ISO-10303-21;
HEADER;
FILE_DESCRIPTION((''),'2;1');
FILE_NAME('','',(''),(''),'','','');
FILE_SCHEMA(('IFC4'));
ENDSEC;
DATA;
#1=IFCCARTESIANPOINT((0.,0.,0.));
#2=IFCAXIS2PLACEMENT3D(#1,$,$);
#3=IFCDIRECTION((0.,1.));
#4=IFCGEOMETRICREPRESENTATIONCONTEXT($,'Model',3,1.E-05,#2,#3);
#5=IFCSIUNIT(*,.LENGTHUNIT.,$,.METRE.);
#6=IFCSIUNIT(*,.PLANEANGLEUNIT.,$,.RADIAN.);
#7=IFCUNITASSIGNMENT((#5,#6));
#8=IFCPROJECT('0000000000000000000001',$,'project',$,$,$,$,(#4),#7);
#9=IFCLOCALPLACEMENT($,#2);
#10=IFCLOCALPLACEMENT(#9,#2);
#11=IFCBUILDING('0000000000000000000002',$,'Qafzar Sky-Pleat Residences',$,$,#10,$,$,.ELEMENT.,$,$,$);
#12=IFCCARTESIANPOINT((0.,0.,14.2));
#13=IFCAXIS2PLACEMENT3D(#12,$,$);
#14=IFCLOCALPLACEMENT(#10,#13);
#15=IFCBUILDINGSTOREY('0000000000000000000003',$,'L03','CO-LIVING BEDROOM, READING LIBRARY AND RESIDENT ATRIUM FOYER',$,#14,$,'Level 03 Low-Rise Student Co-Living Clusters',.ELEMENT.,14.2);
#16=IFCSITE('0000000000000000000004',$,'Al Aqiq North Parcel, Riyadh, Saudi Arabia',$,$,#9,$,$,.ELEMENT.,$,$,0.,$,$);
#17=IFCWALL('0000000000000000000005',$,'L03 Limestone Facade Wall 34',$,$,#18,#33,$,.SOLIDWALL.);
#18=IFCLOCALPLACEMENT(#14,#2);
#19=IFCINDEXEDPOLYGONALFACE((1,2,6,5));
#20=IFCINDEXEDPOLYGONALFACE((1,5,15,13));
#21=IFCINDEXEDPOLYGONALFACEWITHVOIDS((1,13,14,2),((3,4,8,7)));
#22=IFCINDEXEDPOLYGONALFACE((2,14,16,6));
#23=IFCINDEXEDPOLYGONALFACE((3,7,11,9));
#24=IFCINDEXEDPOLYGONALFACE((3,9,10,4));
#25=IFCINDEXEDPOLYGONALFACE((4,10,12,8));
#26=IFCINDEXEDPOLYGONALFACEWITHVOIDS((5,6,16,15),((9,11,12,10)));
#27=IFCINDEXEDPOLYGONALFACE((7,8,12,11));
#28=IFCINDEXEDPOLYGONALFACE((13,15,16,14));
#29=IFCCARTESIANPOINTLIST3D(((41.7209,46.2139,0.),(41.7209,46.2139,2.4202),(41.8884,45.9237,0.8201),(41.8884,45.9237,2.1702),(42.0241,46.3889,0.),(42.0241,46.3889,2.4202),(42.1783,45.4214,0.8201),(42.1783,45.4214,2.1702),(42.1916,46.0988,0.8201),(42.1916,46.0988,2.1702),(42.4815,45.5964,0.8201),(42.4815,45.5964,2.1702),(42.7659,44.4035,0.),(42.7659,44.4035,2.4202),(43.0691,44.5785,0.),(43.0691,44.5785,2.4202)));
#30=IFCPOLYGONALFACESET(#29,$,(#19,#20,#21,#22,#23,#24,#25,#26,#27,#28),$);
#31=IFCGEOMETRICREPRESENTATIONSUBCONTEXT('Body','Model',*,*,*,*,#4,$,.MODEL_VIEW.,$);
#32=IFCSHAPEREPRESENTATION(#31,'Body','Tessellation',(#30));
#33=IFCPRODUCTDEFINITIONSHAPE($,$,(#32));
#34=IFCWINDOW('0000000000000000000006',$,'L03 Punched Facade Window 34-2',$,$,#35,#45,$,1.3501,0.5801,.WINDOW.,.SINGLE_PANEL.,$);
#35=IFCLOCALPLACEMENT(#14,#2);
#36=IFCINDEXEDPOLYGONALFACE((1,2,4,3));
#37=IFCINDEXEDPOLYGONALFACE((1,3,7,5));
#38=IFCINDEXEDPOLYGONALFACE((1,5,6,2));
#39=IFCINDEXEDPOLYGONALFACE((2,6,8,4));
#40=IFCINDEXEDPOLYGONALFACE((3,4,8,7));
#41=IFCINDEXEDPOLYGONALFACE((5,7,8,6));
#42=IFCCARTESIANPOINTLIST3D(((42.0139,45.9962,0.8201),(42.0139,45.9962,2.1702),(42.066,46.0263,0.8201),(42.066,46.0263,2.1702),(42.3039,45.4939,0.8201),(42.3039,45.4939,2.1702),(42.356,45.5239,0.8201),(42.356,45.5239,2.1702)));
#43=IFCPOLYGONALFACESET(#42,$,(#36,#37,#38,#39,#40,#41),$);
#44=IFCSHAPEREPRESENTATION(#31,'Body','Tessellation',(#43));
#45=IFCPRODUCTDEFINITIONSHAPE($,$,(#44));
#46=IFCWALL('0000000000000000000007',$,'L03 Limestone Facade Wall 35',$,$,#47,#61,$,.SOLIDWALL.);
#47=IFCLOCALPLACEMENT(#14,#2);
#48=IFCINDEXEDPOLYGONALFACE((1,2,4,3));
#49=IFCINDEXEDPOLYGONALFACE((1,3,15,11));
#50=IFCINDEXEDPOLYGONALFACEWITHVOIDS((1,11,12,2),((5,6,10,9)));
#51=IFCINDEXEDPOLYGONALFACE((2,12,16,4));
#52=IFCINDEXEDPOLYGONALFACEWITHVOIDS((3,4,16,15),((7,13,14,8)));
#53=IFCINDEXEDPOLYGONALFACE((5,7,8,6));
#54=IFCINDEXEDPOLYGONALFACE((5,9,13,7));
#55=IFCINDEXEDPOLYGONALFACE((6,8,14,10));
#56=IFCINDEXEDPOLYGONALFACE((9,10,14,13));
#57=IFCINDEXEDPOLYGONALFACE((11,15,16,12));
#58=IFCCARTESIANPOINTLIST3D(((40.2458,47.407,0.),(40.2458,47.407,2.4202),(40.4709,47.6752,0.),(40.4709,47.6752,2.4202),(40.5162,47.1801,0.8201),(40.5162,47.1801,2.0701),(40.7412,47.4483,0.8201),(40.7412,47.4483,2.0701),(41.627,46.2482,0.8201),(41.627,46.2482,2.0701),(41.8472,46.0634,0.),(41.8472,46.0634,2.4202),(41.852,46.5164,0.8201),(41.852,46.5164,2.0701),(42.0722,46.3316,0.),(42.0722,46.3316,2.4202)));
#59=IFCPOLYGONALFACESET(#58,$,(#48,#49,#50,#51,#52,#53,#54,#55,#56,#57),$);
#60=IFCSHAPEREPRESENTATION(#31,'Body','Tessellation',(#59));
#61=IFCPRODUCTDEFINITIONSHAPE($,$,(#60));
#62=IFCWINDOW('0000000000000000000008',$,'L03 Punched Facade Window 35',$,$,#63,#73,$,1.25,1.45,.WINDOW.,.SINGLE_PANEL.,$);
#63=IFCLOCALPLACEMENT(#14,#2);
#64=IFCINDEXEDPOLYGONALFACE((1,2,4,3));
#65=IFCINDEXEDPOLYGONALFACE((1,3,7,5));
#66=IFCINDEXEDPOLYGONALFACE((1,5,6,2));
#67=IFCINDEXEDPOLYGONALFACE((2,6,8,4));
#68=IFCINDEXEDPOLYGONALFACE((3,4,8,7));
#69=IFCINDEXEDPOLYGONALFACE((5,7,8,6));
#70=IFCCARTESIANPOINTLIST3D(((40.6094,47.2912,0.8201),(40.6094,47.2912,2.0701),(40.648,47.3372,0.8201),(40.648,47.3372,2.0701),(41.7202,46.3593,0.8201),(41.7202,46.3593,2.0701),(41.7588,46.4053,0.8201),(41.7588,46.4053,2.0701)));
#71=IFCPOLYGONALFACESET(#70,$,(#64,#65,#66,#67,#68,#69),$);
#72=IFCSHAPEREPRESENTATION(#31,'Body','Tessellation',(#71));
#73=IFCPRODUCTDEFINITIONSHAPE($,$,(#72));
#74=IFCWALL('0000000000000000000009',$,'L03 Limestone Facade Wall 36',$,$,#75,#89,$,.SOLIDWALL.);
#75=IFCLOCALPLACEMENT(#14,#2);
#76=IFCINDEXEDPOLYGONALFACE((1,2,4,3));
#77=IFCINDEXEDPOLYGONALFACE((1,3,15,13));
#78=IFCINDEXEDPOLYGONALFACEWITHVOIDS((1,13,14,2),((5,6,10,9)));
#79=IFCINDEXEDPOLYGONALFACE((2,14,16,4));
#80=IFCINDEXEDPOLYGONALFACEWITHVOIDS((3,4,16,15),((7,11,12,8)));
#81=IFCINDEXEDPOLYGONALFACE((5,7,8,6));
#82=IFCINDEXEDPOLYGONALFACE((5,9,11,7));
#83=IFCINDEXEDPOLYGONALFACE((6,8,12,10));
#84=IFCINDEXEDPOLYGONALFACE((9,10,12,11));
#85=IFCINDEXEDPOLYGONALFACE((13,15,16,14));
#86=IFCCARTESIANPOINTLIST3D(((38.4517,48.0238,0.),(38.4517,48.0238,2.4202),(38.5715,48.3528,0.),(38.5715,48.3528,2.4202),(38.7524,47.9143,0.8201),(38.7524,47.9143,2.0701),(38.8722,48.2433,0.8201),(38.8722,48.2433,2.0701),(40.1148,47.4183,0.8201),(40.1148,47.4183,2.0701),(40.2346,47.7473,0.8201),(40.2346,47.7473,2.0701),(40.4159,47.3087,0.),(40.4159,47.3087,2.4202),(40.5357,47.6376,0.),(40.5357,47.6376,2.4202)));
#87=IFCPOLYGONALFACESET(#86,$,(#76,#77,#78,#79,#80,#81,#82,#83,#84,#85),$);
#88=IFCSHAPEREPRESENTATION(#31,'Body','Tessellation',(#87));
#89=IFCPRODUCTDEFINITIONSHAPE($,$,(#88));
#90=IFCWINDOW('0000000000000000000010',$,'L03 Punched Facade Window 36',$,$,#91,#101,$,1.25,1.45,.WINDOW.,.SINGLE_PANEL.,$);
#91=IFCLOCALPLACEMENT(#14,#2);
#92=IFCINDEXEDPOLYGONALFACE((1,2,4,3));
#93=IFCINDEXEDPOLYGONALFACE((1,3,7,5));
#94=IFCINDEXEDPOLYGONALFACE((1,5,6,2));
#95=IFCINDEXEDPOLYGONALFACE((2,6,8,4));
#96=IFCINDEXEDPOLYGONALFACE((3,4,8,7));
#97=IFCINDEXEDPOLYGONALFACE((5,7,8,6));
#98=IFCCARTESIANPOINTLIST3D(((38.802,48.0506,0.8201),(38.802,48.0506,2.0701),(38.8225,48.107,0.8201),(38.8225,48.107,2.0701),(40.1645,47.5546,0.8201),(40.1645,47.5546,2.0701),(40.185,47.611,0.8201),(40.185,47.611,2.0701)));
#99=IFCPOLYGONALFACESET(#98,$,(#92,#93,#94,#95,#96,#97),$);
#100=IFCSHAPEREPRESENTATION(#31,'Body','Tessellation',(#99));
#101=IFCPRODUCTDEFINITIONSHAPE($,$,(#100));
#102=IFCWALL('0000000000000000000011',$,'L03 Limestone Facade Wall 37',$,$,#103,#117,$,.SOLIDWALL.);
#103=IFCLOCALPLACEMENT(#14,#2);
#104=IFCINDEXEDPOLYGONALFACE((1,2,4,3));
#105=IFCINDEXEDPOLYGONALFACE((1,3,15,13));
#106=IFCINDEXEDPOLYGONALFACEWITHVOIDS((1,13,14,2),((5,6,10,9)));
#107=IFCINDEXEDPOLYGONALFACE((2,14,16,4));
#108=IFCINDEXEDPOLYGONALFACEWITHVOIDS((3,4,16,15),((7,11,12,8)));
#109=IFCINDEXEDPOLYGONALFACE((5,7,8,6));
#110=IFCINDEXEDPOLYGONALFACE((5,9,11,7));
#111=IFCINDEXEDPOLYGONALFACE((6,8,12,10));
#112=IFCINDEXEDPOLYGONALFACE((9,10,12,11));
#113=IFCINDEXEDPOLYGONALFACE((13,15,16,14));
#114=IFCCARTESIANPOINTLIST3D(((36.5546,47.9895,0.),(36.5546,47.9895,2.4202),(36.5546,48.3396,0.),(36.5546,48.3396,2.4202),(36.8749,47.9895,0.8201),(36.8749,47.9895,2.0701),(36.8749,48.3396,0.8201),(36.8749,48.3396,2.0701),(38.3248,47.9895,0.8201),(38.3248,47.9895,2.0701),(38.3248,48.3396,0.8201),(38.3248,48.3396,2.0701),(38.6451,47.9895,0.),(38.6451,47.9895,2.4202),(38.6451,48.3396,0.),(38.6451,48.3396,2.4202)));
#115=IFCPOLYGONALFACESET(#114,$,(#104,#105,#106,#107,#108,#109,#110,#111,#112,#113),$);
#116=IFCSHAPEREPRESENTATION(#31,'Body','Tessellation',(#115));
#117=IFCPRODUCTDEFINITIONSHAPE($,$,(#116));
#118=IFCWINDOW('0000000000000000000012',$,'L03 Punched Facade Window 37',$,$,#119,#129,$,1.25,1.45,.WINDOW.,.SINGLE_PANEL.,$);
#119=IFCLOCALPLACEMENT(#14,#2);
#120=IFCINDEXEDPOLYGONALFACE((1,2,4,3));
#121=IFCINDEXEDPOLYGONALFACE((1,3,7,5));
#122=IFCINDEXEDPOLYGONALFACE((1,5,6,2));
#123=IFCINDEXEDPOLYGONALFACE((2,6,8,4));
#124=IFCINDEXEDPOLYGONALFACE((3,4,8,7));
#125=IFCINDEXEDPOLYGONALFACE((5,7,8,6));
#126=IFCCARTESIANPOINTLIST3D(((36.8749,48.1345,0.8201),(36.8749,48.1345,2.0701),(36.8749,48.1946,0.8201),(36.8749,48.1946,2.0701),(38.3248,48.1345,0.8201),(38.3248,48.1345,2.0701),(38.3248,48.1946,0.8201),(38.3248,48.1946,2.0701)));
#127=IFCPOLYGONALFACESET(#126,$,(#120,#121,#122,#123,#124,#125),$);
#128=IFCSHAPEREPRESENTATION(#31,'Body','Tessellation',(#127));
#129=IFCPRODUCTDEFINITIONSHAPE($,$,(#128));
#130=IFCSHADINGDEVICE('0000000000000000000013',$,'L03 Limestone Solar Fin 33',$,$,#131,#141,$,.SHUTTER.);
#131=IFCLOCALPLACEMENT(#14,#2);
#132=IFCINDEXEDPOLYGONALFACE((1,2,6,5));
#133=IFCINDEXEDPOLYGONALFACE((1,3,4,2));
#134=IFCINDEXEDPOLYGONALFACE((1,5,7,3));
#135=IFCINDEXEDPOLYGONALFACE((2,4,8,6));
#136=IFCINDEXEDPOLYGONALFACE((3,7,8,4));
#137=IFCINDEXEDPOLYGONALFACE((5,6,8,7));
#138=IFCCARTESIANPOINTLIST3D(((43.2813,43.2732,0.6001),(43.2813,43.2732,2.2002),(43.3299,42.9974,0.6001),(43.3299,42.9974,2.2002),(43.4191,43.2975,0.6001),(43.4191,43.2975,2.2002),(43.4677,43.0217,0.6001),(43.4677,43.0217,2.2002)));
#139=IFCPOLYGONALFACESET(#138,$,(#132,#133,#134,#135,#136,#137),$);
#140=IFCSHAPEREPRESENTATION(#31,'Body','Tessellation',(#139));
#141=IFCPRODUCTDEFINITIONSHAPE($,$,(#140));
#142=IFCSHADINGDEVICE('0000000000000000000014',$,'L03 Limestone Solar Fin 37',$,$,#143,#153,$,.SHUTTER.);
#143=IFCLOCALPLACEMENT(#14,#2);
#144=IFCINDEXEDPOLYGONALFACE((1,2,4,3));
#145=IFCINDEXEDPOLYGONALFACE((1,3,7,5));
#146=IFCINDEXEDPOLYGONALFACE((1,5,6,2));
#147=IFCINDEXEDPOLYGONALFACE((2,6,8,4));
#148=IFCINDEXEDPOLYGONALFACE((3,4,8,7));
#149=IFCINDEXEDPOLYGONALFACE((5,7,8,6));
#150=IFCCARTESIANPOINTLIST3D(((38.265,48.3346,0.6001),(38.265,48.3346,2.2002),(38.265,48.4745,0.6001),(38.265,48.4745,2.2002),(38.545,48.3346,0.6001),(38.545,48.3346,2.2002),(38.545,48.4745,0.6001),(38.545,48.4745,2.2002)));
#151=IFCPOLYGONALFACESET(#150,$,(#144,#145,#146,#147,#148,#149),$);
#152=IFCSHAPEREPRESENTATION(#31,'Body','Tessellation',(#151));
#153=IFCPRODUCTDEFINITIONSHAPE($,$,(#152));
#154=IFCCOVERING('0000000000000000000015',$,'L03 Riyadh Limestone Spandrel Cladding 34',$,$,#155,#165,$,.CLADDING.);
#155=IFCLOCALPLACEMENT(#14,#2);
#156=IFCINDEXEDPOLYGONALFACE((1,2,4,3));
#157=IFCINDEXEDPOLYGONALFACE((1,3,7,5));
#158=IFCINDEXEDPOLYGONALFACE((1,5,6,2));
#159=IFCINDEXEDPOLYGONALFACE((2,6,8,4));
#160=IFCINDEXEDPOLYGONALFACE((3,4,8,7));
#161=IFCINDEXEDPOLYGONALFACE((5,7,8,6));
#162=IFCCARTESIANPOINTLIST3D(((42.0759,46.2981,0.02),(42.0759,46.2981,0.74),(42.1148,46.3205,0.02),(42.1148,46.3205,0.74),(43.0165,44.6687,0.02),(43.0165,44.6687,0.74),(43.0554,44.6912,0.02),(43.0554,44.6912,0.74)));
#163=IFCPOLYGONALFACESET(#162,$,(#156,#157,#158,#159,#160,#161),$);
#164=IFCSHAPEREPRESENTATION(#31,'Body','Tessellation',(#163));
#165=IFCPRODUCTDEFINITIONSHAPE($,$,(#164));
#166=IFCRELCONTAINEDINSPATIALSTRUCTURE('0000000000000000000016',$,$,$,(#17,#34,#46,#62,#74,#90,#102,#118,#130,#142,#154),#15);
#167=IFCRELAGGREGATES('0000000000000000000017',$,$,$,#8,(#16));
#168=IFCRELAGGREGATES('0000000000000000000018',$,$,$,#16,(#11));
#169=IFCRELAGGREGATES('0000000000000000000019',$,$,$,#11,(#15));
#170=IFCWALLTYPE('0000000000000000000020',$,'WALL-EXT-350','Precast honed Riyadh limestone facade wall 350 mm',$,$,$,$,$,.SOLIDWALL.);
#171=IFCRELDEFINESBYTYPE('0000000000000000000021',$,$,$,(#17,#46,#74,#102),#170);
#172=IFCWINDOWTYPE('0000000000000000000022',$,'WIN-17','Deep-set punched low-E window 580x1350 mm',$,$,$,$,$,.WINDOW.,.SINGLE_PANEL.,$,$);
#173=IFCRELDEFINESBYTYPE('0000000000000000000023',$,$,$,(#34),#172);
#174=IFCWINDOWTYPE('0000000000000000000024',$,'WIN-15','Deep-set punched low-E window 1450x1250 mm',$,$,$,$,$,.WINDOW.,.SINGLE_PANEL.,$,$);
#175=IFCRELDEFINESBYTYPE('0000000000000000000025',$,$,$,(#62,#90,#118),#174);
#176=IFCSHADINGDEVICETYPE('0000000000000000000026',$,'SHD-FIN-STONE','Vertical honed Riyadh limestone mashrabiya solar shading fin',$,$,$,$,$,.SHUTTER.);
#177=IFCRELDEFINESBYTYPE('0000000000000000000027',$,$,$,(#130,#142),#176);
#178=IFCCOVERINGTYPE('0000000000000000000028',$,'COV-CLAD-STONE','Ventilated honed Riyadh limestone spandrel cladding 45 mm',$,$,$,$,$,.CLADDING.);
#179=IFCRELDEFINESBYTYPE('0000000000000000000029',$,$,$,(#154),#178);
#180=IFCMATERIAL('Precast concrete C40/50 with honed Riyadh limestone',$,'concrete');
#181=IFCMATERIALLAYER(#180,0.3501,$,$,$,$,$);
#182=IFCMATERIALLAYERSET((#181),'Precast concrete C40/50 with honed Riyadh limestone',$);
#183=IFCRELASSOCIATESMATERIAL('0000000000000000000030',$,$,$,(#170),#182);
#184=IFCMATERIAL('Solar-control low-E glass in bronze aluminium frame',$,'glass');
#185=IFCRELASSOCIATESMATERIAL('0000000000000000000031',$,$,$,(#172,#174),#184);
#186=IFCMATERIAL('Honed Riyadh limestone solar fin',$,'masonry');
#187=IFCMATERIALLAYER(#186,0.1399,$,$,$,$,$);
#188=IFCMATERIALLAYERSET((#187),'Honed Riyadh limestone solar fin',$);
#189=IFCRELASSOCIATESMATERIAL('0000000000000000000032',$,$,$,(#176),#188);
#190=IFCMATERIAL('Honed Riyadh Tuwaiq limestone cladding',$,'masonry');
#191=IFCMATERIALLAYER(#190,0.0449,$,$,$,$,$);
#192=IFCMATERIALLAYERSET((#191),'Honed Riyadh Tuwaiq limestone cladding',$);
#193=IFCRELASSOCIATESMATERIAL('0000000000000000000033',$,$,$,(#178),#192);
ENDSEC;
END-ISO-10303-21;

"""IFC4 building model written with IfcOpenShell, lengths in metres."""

from ifc_helpers import new_model, si_unit, direction, frame, frame_2d, origin, origin_2d, place, context, subcontext, project, spatial, rectangle, extrude, source, transform, mapped, material, layer, layer_set, type_object, element, fill, save


model = new_model("IFC4")

# Units and contexts
model_context = context("Model", 3, precision=1e-05, world=origin(), true_north=direction((0.0, 1.0)))
body_context = subcontext(model_context, "Body", "Model", "MODEL_VIEW")
ifc_project = project(units=[si_unit("LENGTHUNIT", "METRE"), si_unit("PLANEANGLEUNIT", "RADIAN")], contexts=[model_context])

# Site, building, storey
site_placement = place(None, origin())
site = spatial("IfcSite", under=ifc_project, at=site_placement, Name="Al Aqiq North Parcel, Riyadh, Saudi Arabia", CompositionType="ELEMENT", RefElevation=0.0)
building_placement = place(site_placement, origin())
building = spatial("IfcBuilding", under=site, at=building_placement, Name="Qafzar Sky-Pleat Residences", CompositionType="ELEMENT")
storey_placement = place(building_placement, frame((0.0, 0.0, 14.2)))
storey = spatial("IfcBuildingStorey", under=building, at=storey_placement, Name="L03", Description="CO-LIVING BEDROOM, READING LIBRARY AND RESIDENT ATRIUM FOYER", LongName="Level 03 Low-Rise Student Co-Living Clusters", CompositionType="ELEMENT", Elevation=14.2)

# Walls, openings, windows
ifc_material_1 = material(Name="Precast concrete C40/50 with honed Riyadh limestone", Category="concrete")
ifc_layer_1 = layer(ifc_material_1, 0.3501)
ifc_layer_set_1 = layer_set([ifc_layer_1], Name="Precast concrete C40/50 with honed Riyadh limestone")
wall_type_1 = type_object("IfcWallType", Name="WALL-EXT-350", Description="Precast honed Riyadh limestone facade wall 350 mm", PredefinedType="SOLIDWALL", material=ifc_layer_set_1)
ifc_material_2 = material(Name="Solar-control low-E glass in bronze aluminium frame", Category="glass")
wall_1_placement = place(storey_placement, frame((42.9175, 44.491, 0.0), z_axis=(0.0, 0.0, 1.0), x_axis=(-0.499908, 0.866079, 0.0)))
wall_1 = element("IfcWall", 1, at=wall_1_placement, inside=storey, type_object=wall_type_1, Name="L03 Limestone Facade Wall 34", PredefinedType="SOLIDWALL", context=body_context, shape_type="SweptSolid", body=[
    extrude(rectangle(XDim=2.0903, YDim=0.3501, at=frame_2d((1.0452, 0.0))), origin(), (0.0, 0.0, 1.0), 2.4202),
])
opening_1_placement = place(wall_1_placement, frame((1.1753, 0.0, 0.8201)))
opening_1 = element("IfcOpeningElement", 2, at=opening_1_placement, cuts=wall_1, PredefinedType="OPENING", context=body_context, shape_type="SweptSolid", body=[
    extrude(rectangle(XDim=0.5801, YDim=1.3501, at=frame_2d((0.29, 0.675))), frame((0.0, 0.1851, 0.0), z_axis=(0.0, -1.0, 0.0), x_axis=(1.0, 0.0, 0.0)), (0.0, 0.0, 1.0), 0.3701),
])
window_type_1 = type_object("IfcWindowType", Name="WIN-17", Description="Deep-set punched low-E window 580x1350 mm", PartitioningType="SINGLE_PANEL", PredefinedType="WINDOW", material=ifc_material_2)
shared_shape_1 = source(origin(), body_context, "Body", "SweptSolid", [
    extrude(rectangle(XDim=0.5801, YDim=1.3501, at=frame_2d((0.29, 0.675))), frame((0.0, 0.03, 0.0), z_axis=(0.0, -1.0, 0.0), x_axis=(1.0, 0.0, 0.0)), (0.0, 0.0, 1.0), 0.0601),
])
window_1_placement = place(opening_1_placement, origin())
window_1 = element("IfcWindow", 3, at=window_1_placement, inside=storey, type_object=window_type_1, Name="L03 Punched Facade Window 34-2", OverallHeight=1.3501, OverallWidth=0.5801, PartitioningType="SINGLE_PANEL", PredefinedType="WINDOW", context=body_context, shape_type="MappedRepresentation", body=[
    mapped(shared_shape_1, transform((0.0, 0.0, 0.0), x_axis=(1.0, 0.0, 0.0), y_axis=(0.0, 1.0, 0.0), z_axis=(0.0, 0.0, 1.0), scale=1.0)),
])
fill(opening_1, window_1)
wall_2_placement = place(storey_placement, frame((41.9597, 46.1975, 0.0), z_axis=(0.0, 0.0, 1.0), x_axis=(-0.766082, 0.642743, 0.0)))
wall_2 = element("IfcWall", 4, at=wall_2_placement, inside=storey, type_object=wall_type_1, Name="L03 Limestone Facade Wall 35", PredefinedType="SOLIDWALL", context=body_context, shape_type="SweptSolid", body=[
    extrude(rectangle(XDim=2.0903, YDim=0.3501, at=frame_2d((1.0452, 0.0))), origin(), (0.0, 0.0, 1.0), 2.4202),
])
opening_2_placement = place(wall_2_placement, frame((0.2874, 0.0, 0.8201)))
opening_2 = element("IfcOpeningElement", 5, at=opening_2_placement, cuts=wall_2, PredefinedType="OPENING", context=body_context, shape_type="SweptSolid", body=[
    extrude(rectangle(XDim=1.45, YDim=1.25, at=frame_2d((0.7251, 0.625))), frame((0.0, 0.1851, 0.0), z_axis=(0.0, -1.0, 0.0), x_axis=(1.0, 0.0, 0.0)), (0.0, 0.0, 1.0), 0.3701),
])
window_type_2 = type_object("IfcWindowType", Name="WIN-15", Description="Deep-set punched low-E window 1450x1250 mm", PartitioningType="SINGLE_PANEL", PredefinedType="WINDOW", material=ifc_material_2)
shared_shape_2 = source(origin(), body_context, "Body", "SweptSolid", [
    extrude(rectangle(XDim=1.45, YDim=1.25, at=frame_2d((0.7251, 0.625))), frame((0.0, 0.03, 0.0), z_axis=(0.0, -1.0, 0.0), x_axis=(1.0, 0.0, 0.0)), (0.0, 0.0, 1.0), 0.0601),
])
window_2_placement = place(opening_2_placement, origin())
window_2 = element("IfcWindow", 6, at=window_2_placement, inside=storey, type_object=window_type_2, Name="L03 Punched Facade Window 35", OverallHeight=1.25, OverallWidth=1.45, PartitioningType="SINGLE_PANEL", PredefinedType="WINDOW", context=body_context, shape_type="MappedRepresentation", body=[
    mapped(shared_shape_2, transform((0.0, 0.0, 0.0), x_axis=(1.0, 0.0, 0.0), y_axis=(0.0, 1.0, 0.0), z_axis=(0.0, 0.0, 1.0), scale=1.0)),
])
fill(opening_2, window_2)
wall_3_placement = place(storey_placement, frame((40.4758, 47.4731, 0.0), z_axis=(0.0, 0.0, 1.0), x_axis=(-0.93966, 0.342109, 0.0)))
wall_3 = element("IfcWall", 7, at=wall_3_placement, inside=storey, type_object=wall_type_1, Name="L03 Limestone Facade Wall 36", PredefinedType="SOLIDWALL", context=body_context, shape_type="SweptSolid", body=[
    extrude(rectangle(XDim=2.0903, YDim=0.3501, at=frame_2d((1.0452, 0.0))), origin(), (0.0, 0.0, 1.0), 2.4202),
])
opening_3_placement = place(wall_3_placement, frame((0.3203, 0.0, 0.8201)))
opening_3 = element("IfcOpeningElement", 8, at=opening_3_placement, cuts=wall_3, PredefinedType="OPENING", context=body_context, shape_type="SweptSolid", body=[
    extrude(rectangle(XDim=1.45, YDim=1.25, at=frame_2d((0.7251, 0.625))), frame((0.0, 0.1851, 0.0), z_axis=(0.0, -1.0, 0.0), x_axis=(1.0, 0.0, 0.0)), (0.0, 0.0, 1.0), 0.3701),
])
window_3_placement = place(opening_3_placement, origin())
window_3 = element("IfcWindow", 9, at=window_3_placement, inside=storey, type_object=window_type_2, Name="L03 Punched Facade Window 36", OverallHeight=1.25, OverallWidth=1.45, PartitioningType="SINGLE_PANEL", PredefinedType="WINDOW", context=body_context, shape_type="MappedRepresentation", body=[
    mapped(shared_shape_2, transform((0.0, 0.0, 0.0), x_axis=(1.0, 0.0, 0.0), y_axis=(0.0, 1.0, 0.0), z_axis=(0.0, 0.0, 1.0), scale=1.0)),
])
fill(opening_3, window_3)
wall_4_placement = place(storey_placement, frame((38.6453, 48.1646, 0.0), z_axis=(0.0, 0.0, 1.0), x_axis=(-1.0, 0.0, 0.0)))
wall_4 = element("IfcWall", 10, at=wall_4_placement, inside=storey, type_object=wall_type_1, Name="L03 Limestone Facade Wall 37", PredefinedType="SOLIDWALL", context=body_context, shape_type="SweptSolid", body=[
    extrude(rectangle(XDim=2.0906, YDim=0.3501, at=frame_2d((1.0454, 0.0))), origin(), (0.0, 0.0, 1.0), 2.4202),
])
opening_4_placement = place(wall_4_placement, frame((0.3203, 0.0, 0.8201)))
opening_4 = element("IfcOpeningElement", 11, at=opening_4_placement, cuts=wall_4, PredefinedType="OPENING", context=body_context, shape_type="SweptSolid", body=[
    extrude(rectangle(XDim=1.45, YDim=1.25, at=frame_2d((0.7251, 0.625))), frame((0.0, 0.1851, 0.0), z_axis=(0.0, -1.0, 0.0), x_axis=(1.0, 0.0, 0.0)), (0.0, 0.0, 1.0), 0.3701),
])
window_4_placement = place(opening_4_placement, origin())
window_4 = element("IfcWindow", 12, at=window_4_placement, inside=storey, type_object=window_type_2, Name="L03 Punched Facade Window 37", OverallHeight=1.25, OverallWidth=1.45, PartitioningType="SINGLE_PANEL", PredefinedType="WINDOW", context=body_context, shape_type="MappedRepresentation", body=[
    mapped(shared_shape_2, transform((0.0, 0.0, 0.0), x_axis=(1.0, 0.0, 0.0), y_axis=(0.0, 1.0, 0.0), z_axis=(0.0, 0.0, 1.0), scale=1.0)),
])
fill(opening_4, window_4)

# Shading devices
ifc_material_3 = material(Name="Honed Riyadh limestone solar fin", Category="masonry")
ifc_layer_2 = layer(ifc_material_3, 0.1399)
ifc_layer_set_2 = layer_set([ifc_layer_2], Name="Honed Riyadh limestone solar fin")
shading_device_type = type_object("IfcShadingDeviceType", Name="SHD-FIN-STONE", Description="Vertical honed Riyadh limestone mashrabiya solar shading fin", PredefinedType="SHUTTER", material=ifc_layer_set_2)
shared_shape_3 = source(origin(), body_context, "Body", "SweptSolid", [
    extrude(rectangle(XDim=0.1399, YDim=0.28, at=origin_2d()), origin(), (0.0, 0.0, 1.0), 1.6001),
])
for number, where, z_axis, x_axis, name in (
    (13, (43.3745, 43.1475, 0.6001), (0.0, 0.0, 1.0), (0.984806, 0.173658, 0.0), "L03 Limestone Solar Fin 33"),
    (14, (38.405, 48.4045, 0.6001), (0.0, 0.0, 1.0), (0.0, 1.0, 0.0), "L03 Limestone Solar Fin 37"),
):
    element("IfcShadingDevice", number, at=place(storey_placement, frame(where, z_axis=z_axis, x_axis=x_axis)), inside=storey, type_object=shading_device_type, Name=name, PredefinedType="SHUTTER", context=body_context, shape_type="MappedRepresentation", body=[
        mapped(shared_shape_3, transform((0.0, 0.0, 0.0), x_axis=(1.0, 0.0, 0.0), y_axis=(0.0, 1.0, 0.0), z_axis=(0.0, 0.0, 1.0), scale=1.0)),
    ])

# Covering
ifc_material_4 = material(Name="Honed Riyadh Tuwaiq limestone cladding", Category="masonry")
ifc_layer_3 = layer(ifc_material_4, 0.0449)
ifc_layer_set_3 = layer_set([ifc_layer_3], Name="Honed Riyadh Tuwaiq limestone cladding")
covering_type = type_object("IfcCoveringType", Name="COV-CLAD-STONE", Description="Ventilated honed Riyadh limestone spandrel cladding 45 mm", PredefinedType="CLADDING", material=ifc_layer_set_3)
shared_shape_4 = source(origin(), body_context, "Body", "SweptSolid", [
    extrude(rectangle(XDim=1.8813, YDim=0.0449, at=origin_2d()), origin(), (0.0, 0.0, 1.0), 0.72),
])
for number, where, z_axis, x_axis, name in (
    (15, (42.5657, 45.4946, 0.02), (0.0, 0.0, 1.0), (-0.499972, 0.866041, 0.0), "L03 Riyadh Limestone Spandrel Cladding 34"),
):
    element("IfcCovering", number, at=place(storey_placement, frame(where, z_axis=z_axis, x_axis=x_axis)), inside=storey, type_object=covering_type, Name=name, PredefinedType="CLADDING", context=body_context, shape_type="MappedRepresentation", body=[
        mapped(shared_shape_4, transform((0.0, 0.0, 0.0), x_axis=(1.0, 0.0, 0.0), y_axis=(0.0, 1.0, 0.0), z_axis=(0.0, 0.0, 1.0), scale=1.0)),
    ])

save(model, "model.ifc")
